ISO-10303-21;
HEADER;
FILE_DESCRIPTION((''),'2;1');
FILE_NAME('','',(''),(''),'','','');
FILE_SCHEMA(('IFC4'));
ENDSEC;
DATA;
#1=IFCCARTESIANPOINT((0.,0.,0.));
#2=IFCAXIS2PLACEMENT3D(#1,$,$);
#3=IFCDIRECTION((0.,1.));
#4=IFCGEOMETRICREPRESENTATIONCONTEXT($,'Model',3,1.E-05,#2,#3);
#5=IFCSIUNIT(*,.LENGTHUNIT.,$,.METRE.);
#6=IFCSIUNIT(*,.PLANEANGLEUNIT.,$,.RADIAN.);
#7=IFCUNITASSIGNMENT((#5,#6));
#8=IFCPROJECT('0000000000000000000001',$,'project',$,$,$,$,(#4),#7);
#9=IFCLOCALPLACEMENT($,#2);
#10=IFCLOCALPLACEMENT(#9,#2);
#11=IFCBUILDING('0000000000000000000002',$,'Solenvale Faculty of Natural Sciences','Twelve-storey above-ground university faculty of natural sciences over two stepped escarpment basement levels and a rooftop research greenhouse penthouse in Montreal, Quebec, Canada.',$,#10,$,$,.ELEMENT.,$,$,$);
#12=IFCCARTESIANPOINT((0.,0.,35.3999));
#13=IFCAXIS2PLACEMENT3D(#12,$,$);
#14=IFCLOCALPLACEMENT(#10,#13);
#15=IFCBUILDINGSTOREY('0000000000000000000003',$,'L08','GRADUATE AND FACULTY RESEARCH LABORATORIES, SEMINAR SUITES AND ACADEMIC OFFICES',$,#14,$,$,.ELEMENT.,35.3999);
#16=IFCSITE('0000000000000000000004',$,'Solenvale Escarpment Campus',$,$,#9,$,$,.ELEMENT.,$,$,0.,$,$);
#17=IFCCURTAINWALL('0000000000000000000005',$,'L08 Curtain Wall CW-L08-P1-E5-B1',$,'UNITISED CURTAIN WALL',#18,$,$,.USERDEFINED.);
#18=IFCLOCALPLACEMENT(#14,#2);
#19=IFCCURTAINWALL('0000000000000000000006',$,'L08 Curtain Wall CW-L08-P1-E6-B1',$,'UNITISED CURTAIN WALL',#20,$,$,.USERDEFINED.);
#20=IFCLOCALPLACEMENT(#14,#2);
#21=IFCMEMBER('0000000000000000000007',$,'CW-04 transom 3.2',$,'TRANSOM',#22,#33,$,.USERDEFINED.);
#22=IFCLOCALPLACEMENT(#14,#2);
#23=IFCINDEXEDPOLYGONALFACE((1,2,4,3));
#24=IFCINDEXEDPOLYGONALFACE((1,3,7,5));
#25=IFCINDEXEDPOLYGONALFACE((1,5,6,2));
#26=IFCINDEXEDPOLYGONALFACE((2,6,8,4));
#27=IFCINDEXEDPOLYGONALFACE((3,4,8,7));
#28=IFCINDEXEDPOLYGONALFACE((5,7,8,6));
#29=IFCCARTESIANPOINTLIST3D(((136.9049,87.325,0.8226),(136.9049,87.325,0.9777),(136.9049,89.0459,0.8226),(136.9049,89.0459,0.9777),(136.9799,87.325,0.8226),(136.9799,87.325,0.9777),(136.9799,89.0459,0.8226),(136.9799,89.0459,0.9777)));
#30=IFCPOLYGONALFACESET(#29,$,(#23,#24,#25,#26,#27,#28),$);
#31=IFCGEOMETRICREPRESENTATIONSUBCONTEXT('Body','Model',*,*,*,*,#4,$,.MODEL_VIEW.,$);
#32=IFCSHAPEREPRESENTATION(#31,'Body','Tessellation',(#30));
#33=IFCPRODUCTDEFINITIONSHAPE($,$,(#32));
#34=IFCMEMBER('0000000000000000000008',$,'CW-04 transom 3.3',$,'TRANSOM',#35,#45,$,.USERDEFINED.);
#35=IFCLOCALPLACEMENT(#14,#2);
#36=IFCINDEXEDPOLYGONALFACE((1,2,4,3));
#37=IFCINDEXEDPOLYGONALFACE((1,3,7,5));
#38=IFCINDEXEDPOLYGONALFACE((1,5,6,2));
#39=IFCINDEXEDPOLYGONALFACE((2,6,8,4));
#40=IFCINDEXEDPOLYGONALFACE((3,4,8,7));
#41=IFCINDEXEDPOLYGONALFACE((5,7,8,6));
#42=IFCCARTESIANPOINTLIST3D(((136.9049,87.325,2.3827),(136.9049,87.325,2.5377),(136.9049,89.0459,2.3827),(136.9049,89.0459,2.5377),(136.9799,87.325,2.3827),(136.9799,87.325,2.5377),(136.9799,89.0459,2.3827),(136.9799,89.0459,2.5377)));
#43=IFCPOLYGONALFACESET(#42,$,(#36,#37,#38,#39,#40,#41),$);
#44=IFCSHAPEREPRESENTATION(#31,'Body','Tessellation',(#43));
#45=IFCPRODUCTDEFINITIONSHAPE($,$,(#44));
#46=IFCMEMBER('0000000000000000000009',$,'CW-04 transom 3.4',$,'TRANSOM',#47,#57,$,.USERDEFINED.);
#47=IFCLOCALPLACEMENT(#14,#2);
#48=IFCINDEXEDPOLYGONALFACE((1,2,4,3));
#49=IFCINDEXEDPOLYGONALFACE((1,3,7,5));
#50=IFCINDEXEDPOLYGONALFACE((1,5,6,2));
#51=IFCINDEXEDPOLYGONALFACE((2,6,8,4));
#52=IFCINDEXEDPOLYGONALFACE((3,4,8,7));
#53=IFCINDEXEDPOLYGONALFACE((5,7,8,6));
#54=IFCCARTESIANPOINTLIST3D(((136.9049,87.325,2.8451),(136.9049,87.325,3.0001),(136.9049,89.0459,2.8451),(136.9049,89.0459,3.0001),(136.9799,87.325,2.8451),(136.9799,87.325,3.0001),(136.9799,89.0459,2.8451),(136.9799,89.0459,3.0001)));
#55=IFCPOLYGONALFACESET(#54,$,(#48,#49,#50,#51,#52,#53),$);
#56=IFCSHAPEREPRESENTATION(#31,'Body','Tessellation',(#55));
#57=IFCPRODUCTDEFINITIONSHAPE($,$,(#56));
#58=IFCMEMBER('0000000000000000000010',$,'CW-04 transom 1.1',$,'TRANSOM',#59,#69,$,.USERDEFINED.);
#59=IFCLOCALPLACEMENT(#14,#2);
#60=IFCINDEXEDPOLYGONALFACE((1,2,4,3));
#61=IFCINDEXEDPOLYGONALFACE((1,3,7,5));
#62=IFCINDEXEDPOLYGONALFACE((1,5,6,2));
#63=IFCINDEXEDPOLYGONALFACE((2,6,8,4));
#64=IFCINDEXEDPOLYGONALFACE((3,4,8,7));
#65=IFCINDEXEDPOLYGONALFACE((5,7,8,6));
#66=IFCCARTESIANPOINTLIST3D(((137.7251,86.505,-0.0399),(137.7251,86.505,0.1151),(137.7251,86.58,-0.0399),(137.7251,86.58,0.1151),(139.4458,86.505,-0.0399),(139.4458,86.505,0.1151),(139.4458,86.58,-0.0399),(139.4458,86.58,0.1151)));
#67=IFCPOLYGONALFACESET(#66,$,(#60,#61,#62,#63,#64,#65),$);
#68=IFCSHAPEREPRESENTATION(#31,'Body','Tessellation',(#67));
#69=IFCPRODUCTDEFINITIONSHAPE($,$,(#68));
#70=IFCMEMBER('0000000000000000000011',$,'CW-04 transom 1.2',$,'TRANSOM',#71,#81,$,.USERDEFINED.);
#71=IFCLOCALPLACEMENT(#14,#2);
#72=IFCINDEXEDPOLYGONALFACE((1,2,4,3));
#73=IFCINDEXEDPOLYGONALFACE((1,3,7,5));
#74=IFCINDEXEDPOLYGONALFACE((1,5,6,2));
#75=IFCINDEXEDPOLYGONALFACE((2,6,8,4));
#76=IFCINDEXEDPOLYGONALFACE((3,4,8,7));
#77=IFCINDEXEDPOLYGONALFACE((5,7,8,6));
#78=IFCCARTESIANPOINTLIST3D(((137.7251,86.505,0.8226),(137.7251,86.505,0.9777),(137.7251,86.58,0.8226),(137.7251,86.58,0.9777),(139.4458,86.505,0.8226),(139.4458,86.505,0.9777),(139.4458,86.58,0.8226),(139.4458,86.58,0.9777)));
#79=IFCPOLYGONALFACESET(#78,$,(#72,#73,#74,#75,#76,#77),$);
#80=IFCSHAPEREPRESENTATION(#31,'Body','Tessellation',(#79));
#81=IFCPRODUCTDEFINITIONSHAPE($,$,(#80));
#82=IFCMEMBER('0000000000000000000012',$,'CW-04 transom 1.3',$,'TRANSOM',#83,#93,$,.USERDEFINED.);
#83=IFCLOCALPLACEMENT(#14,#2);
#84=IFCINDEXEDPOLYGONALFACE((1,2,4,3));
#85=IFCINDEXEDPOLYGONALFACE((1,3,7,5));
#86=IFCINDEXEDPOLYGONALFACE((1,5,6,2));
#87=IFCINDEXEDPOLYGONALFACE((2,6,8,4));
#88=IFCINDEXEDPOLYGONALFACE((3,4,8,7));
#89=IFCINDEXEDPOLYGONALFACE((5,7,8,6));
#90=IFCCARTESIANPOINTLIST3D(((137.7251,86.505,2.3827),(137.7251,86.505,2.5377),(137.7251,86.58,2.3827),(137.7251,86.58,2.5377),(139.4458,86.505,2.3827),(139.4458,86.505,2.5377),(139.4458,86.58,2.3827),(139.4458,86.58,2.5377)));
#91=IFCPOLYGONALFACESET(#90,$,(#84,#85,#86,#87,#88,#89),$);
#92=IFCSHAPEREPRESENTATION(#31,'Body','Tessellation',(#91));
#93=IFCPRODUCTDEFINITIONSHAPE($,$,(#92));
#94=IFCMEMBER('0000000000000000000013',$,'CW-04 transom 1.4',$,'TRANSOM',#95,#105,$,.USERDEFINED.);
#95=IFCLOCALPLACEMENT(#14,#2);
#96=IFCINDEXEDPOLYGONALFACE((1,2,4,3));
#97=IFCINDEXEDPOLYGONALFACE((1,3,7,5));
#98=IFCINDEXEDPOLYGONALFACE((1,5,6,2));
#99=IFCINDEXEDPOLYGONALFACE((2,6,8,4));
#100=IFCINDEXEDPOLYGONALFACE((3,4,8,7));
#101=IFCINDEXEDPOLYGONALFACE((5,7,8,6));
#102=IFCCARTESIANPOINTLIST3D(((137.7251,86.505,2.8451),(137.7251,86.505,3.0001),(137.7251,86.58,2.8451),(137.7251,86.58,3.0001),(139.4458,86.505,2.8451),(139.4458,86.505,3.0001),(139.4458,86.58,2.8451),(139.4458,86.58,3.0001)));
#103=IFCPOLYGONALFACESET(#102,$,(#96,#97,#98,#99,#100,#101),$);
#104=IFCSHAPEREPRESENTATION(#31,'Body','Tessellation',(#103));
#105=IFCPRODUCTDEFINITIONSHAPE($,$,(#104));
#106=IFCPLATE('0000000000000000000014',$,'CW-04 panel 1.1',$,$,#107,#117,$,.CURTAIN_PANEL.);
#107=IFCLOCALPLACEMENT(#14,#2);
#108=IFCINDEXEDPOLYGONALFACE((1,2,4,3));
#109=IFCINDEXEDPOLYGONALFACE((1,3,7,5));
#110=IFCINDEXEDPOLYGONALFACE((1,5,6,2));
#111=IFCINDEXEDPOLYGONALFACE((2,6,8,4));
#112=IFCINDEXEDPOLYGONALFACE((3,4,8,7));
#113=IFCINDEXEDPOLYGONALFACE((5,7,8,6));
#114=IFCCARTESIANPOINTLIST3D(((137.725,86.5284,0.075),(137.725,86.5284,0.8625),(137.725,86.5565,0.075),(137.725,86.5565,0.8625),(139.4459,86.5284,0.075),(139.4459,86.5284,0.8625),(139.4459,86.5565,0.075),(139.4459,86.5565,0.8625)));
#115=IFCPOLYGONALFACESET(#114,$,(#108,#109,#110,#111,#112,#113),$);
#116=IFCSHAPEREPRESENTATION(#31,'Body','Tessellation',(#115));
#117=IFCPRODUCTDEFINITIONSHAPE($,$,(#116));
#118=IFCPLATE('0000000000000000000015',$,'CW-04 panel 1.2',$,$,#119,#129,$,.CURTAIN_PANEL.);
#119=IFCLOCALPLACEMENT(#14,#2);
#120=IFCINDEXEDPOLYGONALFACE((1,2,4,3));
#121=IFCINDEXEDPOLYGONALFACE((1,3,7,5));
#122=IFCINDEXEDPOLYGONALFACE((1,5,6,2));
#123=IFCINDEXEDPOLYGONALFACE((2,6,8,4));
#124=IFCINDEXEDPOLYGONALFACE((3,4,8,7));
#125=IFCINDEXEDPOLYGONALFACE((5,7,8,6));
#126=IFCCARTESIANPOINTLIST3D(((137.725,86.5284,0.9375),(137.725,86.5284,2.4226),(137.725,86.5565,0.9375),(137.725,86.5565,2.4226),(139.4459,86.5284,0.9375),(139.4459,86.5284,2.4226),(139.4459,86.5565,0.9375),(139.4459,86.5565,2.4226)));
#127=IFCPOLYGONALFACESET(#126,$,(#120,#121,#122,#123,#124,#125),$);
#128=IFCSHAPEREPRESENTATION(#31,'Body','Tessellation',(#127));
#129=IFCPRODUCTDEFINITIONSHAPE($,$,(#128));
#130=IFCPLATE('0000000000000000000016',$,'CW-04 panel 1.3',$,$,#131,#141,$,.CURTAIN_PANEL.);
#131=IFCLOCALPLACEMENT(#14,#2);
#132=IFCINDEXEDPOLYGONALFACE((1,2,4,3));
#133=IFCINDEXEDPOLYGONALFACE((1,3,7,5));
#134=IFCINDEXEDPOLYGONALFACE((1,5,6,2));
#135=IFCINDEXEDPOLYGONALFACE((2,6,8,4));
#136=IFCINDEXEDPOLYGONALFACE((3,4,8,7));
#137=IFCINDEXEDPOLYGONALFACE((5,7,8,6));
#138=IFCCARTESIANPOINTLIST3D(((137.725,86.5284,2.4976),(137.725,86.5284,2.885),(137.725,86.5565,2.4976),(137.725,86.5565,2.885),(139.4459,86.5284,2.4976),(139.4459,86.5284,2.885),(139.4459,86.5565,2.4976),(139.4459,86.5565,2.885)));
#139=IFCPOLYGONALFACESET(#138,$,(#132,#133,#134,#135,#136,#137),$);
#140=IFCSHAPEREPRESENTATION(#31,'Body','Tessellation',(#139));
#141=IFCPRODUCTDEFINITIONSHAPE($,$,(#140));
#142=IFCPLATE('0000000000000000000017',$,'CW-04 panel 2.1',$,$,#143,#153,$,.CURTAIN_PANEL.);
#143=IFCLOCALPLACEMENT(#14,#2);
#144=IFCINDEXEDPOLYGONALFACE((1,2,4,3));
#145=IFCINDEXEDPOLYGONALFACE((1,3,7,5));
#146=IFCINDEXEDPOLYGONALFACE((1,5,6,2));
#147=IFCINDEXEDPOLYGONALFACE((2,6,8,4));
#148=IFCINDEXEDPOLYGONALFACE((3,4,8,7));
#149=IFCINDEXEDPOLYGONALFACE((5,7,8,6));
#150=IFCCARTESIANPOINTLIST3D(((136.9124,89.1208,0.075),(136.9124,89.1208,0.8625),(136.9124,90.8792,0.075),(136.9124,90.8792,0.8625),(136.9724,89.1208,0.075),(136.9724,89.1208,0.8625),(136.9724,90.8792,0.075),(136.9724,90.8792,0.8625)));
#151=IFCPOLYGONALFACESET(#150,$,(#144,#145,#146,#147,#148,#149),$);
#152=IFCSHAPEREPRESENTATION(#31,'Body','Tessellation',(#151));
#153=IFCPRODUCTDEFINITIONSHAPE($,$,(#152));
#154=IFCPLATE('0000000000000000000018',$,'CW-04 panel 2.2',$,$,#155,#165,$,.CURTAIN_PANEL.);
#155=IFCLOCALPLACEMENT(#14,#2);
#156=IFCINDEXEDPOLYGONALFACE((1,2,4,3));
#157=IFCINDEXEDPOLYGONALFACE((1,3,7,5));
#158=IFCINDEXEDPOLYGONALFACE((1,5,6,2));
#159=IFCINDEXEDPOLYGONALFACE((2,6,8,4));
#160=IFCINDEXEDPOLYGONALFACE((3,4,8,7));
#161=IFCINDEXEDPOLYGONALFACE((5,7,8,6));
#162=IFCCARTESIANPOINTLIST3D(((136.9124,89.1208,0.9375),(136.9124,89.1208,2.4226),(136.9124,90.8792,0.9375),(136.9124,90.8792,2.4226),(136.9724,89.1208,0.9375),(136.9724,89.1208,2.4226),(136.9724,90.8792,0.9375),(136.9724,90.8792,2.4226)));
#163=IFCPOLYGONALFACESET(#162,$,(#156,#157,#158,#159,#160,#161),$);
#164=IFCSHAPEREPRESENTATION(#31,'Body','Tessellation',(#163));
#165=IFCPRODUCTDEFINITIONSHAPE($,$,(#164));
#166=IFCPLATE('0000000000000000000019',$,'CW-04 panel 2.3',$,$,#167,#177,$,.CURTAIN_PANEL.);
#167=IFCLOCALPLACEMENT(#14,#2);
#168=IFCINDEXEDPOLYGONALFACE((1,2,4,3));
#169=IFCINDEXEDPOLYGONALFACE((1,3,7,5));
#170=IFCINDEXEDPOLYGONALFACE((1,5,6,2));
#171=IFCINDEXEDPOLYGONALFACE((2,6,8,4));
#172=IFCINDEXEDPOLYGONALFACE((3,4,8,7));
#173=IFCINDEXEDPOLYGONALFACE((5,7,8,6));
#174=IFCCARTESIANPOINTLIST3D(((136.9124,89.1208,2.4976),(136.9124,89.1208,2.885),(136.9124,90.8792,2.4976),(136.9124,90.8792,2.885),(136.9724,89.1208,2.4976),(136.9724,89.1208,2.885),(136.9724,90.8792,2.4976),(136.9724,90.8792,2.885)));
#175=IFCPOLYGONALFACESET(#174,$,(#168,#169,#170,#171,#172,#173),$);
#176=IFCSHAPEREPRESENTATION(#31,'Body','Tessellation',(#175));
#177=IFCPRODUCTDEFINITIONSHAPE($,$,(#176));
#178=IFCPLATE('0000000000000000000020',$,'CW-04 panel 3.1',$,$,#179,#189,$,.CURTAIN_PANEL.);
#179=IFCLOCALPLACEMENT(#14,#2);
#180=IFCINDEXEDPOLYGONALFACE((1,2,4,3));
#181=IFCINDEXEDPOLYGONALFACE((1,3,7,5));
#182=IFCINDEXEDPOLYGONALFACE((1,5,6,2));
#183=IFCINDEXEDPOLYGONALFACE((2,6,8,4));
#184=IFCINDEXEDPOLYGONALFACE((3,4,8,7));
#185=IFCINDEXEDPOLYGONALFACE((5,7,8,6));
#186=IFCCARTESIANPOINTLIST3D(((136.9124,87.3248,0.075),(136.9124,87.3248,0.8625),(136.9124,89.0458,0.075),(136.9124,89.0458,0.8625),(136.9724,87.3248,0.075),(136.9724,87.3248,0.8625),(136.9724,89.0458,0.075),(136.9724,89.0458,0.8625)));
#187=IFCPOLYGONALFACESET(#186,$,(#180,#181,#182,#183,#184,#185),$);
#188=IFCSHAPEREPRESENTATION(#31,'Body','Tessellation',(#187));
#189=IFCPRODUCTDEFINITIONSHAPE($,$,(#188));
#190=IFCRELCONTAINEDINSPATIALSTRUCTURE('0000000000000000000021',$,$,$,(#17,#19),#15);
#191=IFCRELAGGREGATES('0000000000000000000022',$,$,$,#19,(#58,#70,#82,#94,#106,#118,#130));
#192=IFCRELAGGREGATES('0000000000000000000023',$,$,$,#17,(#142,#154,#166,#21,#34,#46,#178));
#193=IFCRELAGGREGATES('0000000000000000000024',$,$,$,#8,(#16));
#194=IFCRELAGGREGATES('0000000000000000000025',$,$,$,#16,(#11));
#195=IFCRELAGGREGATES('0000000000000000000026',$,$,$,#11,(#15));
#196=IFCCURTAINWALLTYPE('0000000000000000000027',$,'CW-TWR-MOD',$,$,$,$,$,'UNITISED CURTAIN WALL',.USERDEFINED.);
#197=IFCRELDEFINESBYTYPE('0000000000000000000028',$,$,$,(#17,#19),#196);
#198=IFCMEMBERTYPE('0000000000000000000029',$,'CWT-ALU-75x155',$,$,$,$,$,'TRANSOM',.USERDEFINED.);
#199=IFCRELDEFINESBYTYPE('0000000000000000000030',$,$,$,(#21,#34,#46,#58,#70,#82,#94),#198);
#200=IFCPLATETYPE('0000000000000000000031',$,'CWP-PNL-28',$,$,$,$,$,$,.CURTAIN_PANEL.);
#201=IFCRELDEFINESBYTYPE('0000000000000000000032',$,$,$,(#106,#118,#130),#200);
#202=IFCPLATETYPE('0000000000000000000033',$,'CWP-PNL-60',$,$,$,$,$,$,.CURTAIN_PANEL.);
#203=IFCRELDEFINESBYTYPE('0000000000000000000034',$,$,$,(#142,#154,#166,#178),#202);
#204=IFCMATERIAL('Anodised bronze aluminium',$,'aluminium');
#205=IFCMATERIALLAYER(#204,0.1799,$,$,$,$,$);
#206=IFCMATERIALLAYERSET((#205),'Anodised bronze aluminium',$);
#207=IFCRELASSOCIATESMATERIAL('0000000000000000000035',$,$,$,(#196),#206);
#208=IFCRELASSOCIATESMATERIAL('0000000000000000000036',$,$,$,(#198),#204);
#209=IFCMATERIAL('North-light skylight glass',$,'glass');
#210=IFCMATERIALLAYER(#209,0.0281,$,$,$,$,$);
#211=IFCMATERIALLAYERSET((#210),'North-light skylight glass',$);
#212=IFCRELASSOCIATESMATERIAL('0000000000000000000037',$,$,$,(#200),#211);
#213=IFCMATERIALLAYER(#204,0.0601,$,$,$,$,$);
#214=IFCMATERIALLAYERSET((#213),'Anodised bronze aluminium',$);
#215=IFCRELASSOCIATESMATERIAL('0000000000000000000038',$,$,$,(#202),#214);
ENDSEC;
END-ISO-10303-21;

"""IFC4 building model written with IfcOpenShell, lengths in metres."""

from ifc_helpers import new_model, si_unit, direction, frame, origin, origin_2d, place, context, subcontext, project, spatial, rectangle, extrude, material, layer, layer_set, material_profile, profile_set, type_object, element, aggregate, save


model = new_model("IFC4")

# Units and contexts
model_context = context("Model", 3, precision=1e-05, world=origin(), true_north=direction((0.0, 1.0)))
body_context = subcontext(model_context, "Body", "Model", "MODEL_VIEW")
ifc_project = project(units=[si_unit("LENGTHUNIT", "METRE"), si_unit("PLANEANGLEUNIT", "RADIAN")], contexts=[model_context])

# Site, building, storey
site_placement = place(None, origin())
site = spatial("IfcSite", under=ifc_project, at=site_placement, Name="Solenvale Escarpment Campus", CompositionType="ELEMENT", RefElevation=0.0)
building_placement = place(site_placement, origin())
building = spatial("IfcBuilding", under=site, at=building_placement, Name="Solenvale Faculty of Natural Sciences", Description="Twelve-storey above-ground university faculty of natural sciences over two stepped escarpment basement levels and a rooftop research greenhouse penthouse in Montreal, Quebec, Canada.", CompositionType="ELEMENT")
storey_placement = place(building_placement, frame((0.0, 0.0, 35.3999)))
storey = spatial("IfcBuildingStorey", under=building, at=storey_placement, Name="L08", Description="GRADUATE AND FACULTY RESEARCH LABORATORIES, SEMINAR SUITES AND ACADEMIC OFFICES", CompositionType="ELEMENT", Elevation=35.3999)

# Curtain walls
ifc_material_1 = material(Name="Anodised bronze aluminium", Category="aluminium")
ifc_layer_1 = layer(ifc_material_1, 0.1799)
ifc_layer_set_1 = layer_set([ifc_layer_1], Name="Anodised bronze aluminium")
curtain_wall_type = type_object("IfcCurtainWallType", Name="CW-TWR-MOD", ElementType="UNITISED CURTAIN WALL", PredefinedType="USERDEFINED", material=ifc_layer_set_1)
curtain_wall_1_placement = place(storey_placement, origin())
curtain_wall_1 = element("IfcCurtainWall", 1, at=curtain_wall_1_placement, inside=storey, type_object=curtain_wall_type, Name="L08 Curtain Wall CW-L08-P1-E5-B1", ObjectType="UNITISED CURTAIN WALL", PredefinedType="USERDEFINED")
curtain_wall_2_placement = place(storey_placement, origin())
curtain_wall_2 = element("IfcCurtainWall", 2, at=curtain_wall_2_placement, inside=storey, type_object=curtain_wall_type, Name="L08 Curtain Wall CW-L08-P1-E6-B1", ObjectType="UNITISED CURTAIN WALL", PredefinedType="USERDEFINED")

# Members
ifc_material_profile_1 = material_profile(ifc_material_1, rectangle(XDim=0.075, YDim=0.155, at=origin_2d()), Name="ALU-TRN-75x155")
ifc_profile_set_1 = profile_set([ifc_material_profile_1], Name="Anodised bronze aluminium")
member_type_1 = type_object("IfcMemberType", Name="CWT-ALU-75x155", ElementType="TRANSOM", PredefinedType="USERDEFINED", material=ifc_profile_set_1)
member_1_placement = place(storey_placement, frame((136.9424, 89.0459, 0.9001), z_axis=(0.0, -1.0, 0.0), x_axis=(1.0, 0.0, 0.0)))
member_1 = element("IfcMember", 3, at=member_1_placement, type_object=member_type_1, Name="CW-04 transom 3.2", ObjectType="TRANSOM", PredefinedType="USERDEFINED", context=body_context, shape_type="SweptSolid", body=[
    extrude(rectangle(XDim=0.075, YDim=0.155, at=origin_2d()), origin(), (0.0, 0.0, 1.0), 1.7209),
])
member_2_placement = place(storey_placement, frame((136.9424, 89.0459, 2.4602), z_axis=(0.0, -1.0, 0.0), x_axis=(1.0, 0.0, 0.0)))
member_2 = element("IfcMember", 4, at=member_2_placement, type_object=member_type_1, Name="CW-04 transom 3.3", ObjectType="TRANSOM", PredefinedType="USERDEFINED", context=body_context, shape_type="SweptSolid", body=[
    extrude(rectangle(XDim=0.075, YDim=0.155, at=origin_2d()), origin(), (0.0, 0.0, 1.0), 1.7209),
])
member_3_placement = place(storey_placement, frame((136.9424, 89.0459, 2.9226), z_axis=(0.0, -1.0, 0.0), x_axis=(1.0, 0.0, 0.0)))
member_3 = element("IfcMember", 5, at=member_3_placement, type_object=member_type_1, Name="CW-04 transom 3.4", ObjectType="TRANSOM", PredefinedType="USERDEFINED", context=body_context, shape_type="SweptSolid", body=[
    extrude(rectangle(XDim=0.075, YDim=0.155, at=origin_2d()), origin(), (0.0, 0.0, 1.0), 1.7209),
])
member_4_placement = place(storey_placement, frame((137.7251, 86.5425, 0.0376), z_axis=(1.0, 0.0, 0.0), x_axis=(0.0, 1.0, 0.0)))
member_4 = element("IfcMember", 6, at=member_4_placement, type_object=member_type_1, Name="CW-04 transom 1.1", ObjectType="TRANSOM", PredefinedType="USERDEFINED", context=body_context, shape_type="SweptSolid", body=[
    extrude(rectangle(XDim=0.075, YDim=0.155, at=origin_2d()), origin(), (0.0, 0.0, 1.0), 1.7207),
])
member_5_placement = place(storey_placement, frame((137.7251, 86.5425, 0.9001), z_axis=(1.0, 0.0, 0.0), x_axis=(0.0, 1.0, 0.0)))
member_5 = element("IfcMember", 7, at=member_5_placement, type_object=member_type_1, Name="CW-04 transom 1.2", ObjectType="TRANSOM", PredefinedType="USERDEFINED", context=body_context, shape_type="SweptSolid", body=[
    extrude(rectangle(XDim=0.075, YDim=0.155, at=origin_2d()), origin(), (0.0, 0.0, 1.0), 1.7207),
])
member_6_placement = place(storey_placement, frame((137.7251, 86.5425, 2.4602), z_axis=(1.0, 0.0, 0.0), x_axis=(0.0, 1.0, 0.0)))
member_6 = element("IfcMember", 8, at=member_6_placement, type_object=member_type_1, Name="CW-04 transom 1.3", ObjectType="TRANSOM", PredefinedType="USERDEFINED", context=body_context, shape_type="SweptSolid", body=[
    extrude(rectangle(XDim=0.075, YDim=0.155, at=origin_2d()), origin(), (0.0, 0.0, 1.0), 1.7207),
])
member_7_placement = place(storey_placement, frame((137.7251, 86.5425, 2.9226), z_axis=(1.0, 0.0, 0.0), x_axis=(0.0, 1.0, 0.0)))
member_7 = element("IfcMember", 9, at=member_7_placement, type_object=member_type_1, Name="CW-04 transom 1.4", ObjectType="TRANSOM", PredefinedType="USERDEFINED", context=body_context, shape_type="SweptSolid", body=[
    extrude(rectangle(XDim=0.075, YDim=0.155, at=origin_2d()), origin(), (0.0, 0.0, 1.0), 1.7207),
])

# Plates
ifc_material_2 = material(Name="North-light skylight glass", Category="glass")
ifc_layer_2 = layer(ifc_material_2, 0.0281)
ifc_layer_set_2 = layer_set([ifc_layer_2], Name="North-light skylight glass")
plate_type_1 = type_object("IfcPlateType", Name="CWP-PNL-28", PredefinedType="CURTAIN_PANEL", material=ifc_layer_set_2)
plate_1_placement = place(storey_placement, frame((138.5854, 86.5425, 0.075), z_axis=(0.0, 0.0, 1.0), x_axis=(1.0, 0.0, 0.0)))
plate_1 = element("IfcPlate", 10, at=plate_1_placement, type_object=plate_type_1, Name="CW-04 panel 1.1", PredefinedType="CURTAIN_PANEL", context=body_context, shape_type="SweptSolid", body=[
    extrude(rectangle(XDim=1.7209, YDim=0.0281, at=origin_2d()), origin(), (0.0, 0.0, 1.0), 0.7876),
])
plate_2_placement = place(storey_placement, frame((138.5854, 86.5425, 0.9375), z_axis=(0.0, 0.0, 1.0), x_axis=(1.0, 0.0, 0.0)))
plate_2 = element("IfcPlate", 11, at=plate_2_placement, type_object=plate_type_1, Name="CW-04 panel 1.2", PredefinedType="CURTAIN_PANEL", context=body_context, shape_type="SweptSolid", body=[
    extrude(rectangle(XDim=1.7209, YDim=0.0281, at=origin_2d()), origin(), (0.0, 0.0, 1.0), 1.4851),
])
plate_3_placement = place(storey_placement, frame((138.5854, 86.5425, 2.4976), z_axis=(0.0, 0.0, 1.0), x_axis=(1.0, 0.0, 0.0)))
plate_3 = element("IfcPlate", 12, at=plate_3_placement, type_object=plate_type_1, Name="CW-04 panel 1.3", PredefinedType="CURTAIN_PANEL", context=body_context, shape_type="SweptSolid", body=[
    extrude(rectangle(XDim=1.7209, YDim=0.0281, at=origin_2d()), origin(), (0.0, 0.0, 1.0), 0.3875),
])
aggregate(curtain_wall_2, [member_4, member_5, member_6, member_7, plate_1, plate_2, plate_3])
ifc_layer_3 = layer(ifc_material_1, 0.0601)
ifc_layer_set_3 = layer_set([ifc_layer_3], Name="Anodised bronze aluminium")
plate_type_2 = type_object("IfcPlateType", Name="CWP-PNL-60", PredefinedType="CURTAIN_PANEL", material=ifc_layer_set_3)
plate_4_placement = place(storey_placement, frame((136.9424, 90.0, 0.075), z_axis=(0.0, 0.0, 1.0), x_axis=(0.0, -1.0, 0.0)))
plate_4 = element("IfcPlate", 13, at=plate_4_placement, type_object=plate_type_2, Name="CW-04 panel 2.1", PredefinedType="CURTAIN_PANEL", context=body_context, shape_type="SweptSolid", body=[
    extrude(rectangle(XDim=1.7583, YDim=0.0601, at=origin_2d()), origin(), (0.0, 0.0, 1.0), 0.7876),
])
plate_5_placement = place(storey_placement, frame((136.9424, 90.0, 0.9375), z_axis=(0.0, 0.0, 1.0), x_axis=(0.0, -1.0, 0.0)))
plate_5 = element("IfcPlate", 14, at=plate_5_placement, type_object=plate_type_2, Name="CW-04 panel 2.2", PredefinedType="CURTAIN_PANEL", context=body_context, shape_type="SweptSolid", body=[
    extrude(rectangle(XDim=1.7583, YDim=0.0601, at=origin_2d()), origin(), (0.0, 0.0, 1.0), 1.4851),
])
plate_6_placement = place(storey_placement, frame((136.9424, 90.0, 2.4976), z_axis=(0.0, 0.0, 1.0), x_axis=(0.0, -1.0, 0.0)))
plate_6 = element("IfcPlate", 15, at=plate_6_placement, type_object=plate_type_2, Name="CW-04 panel 2.3", PredefinedType="CURTAIN_PANEL", context=body_context, shape_type="SweptSolid", body=[
    extrude(rectangle(XDim=1.7583, YDim=0.0601, at=origin_2d()), origin(), (0.0, 0.0, 1.0), 0.3875),
])
plate_7_placement = place(storey_placement, frame((136.9424, 88.1853, 0.075), z_axis=(0.0, 0.0, 1.0), x_axis=(0.0, -1.0, 0.0)))
plate_7 = element("IfcPlate", 16, at=plate_7_placement, type_object=plate_type_2, Name="CW-04 panel 3.1", PredefinedType="CURTAIN_PANEL", context=body_context, shape_type="SweptSolid", body=[
    extrude(rectangle(XDim=1.7209, YDim=0.0601, at=origin_2d()), origin(), (0.0, 0.0, 1.0), 0.7876),
])
aggregate(curtain_wall_1, [plate_4, plate_5, plate_6, member_1, member_2, member_3, plate_7])

save(model, "model.ifc")
